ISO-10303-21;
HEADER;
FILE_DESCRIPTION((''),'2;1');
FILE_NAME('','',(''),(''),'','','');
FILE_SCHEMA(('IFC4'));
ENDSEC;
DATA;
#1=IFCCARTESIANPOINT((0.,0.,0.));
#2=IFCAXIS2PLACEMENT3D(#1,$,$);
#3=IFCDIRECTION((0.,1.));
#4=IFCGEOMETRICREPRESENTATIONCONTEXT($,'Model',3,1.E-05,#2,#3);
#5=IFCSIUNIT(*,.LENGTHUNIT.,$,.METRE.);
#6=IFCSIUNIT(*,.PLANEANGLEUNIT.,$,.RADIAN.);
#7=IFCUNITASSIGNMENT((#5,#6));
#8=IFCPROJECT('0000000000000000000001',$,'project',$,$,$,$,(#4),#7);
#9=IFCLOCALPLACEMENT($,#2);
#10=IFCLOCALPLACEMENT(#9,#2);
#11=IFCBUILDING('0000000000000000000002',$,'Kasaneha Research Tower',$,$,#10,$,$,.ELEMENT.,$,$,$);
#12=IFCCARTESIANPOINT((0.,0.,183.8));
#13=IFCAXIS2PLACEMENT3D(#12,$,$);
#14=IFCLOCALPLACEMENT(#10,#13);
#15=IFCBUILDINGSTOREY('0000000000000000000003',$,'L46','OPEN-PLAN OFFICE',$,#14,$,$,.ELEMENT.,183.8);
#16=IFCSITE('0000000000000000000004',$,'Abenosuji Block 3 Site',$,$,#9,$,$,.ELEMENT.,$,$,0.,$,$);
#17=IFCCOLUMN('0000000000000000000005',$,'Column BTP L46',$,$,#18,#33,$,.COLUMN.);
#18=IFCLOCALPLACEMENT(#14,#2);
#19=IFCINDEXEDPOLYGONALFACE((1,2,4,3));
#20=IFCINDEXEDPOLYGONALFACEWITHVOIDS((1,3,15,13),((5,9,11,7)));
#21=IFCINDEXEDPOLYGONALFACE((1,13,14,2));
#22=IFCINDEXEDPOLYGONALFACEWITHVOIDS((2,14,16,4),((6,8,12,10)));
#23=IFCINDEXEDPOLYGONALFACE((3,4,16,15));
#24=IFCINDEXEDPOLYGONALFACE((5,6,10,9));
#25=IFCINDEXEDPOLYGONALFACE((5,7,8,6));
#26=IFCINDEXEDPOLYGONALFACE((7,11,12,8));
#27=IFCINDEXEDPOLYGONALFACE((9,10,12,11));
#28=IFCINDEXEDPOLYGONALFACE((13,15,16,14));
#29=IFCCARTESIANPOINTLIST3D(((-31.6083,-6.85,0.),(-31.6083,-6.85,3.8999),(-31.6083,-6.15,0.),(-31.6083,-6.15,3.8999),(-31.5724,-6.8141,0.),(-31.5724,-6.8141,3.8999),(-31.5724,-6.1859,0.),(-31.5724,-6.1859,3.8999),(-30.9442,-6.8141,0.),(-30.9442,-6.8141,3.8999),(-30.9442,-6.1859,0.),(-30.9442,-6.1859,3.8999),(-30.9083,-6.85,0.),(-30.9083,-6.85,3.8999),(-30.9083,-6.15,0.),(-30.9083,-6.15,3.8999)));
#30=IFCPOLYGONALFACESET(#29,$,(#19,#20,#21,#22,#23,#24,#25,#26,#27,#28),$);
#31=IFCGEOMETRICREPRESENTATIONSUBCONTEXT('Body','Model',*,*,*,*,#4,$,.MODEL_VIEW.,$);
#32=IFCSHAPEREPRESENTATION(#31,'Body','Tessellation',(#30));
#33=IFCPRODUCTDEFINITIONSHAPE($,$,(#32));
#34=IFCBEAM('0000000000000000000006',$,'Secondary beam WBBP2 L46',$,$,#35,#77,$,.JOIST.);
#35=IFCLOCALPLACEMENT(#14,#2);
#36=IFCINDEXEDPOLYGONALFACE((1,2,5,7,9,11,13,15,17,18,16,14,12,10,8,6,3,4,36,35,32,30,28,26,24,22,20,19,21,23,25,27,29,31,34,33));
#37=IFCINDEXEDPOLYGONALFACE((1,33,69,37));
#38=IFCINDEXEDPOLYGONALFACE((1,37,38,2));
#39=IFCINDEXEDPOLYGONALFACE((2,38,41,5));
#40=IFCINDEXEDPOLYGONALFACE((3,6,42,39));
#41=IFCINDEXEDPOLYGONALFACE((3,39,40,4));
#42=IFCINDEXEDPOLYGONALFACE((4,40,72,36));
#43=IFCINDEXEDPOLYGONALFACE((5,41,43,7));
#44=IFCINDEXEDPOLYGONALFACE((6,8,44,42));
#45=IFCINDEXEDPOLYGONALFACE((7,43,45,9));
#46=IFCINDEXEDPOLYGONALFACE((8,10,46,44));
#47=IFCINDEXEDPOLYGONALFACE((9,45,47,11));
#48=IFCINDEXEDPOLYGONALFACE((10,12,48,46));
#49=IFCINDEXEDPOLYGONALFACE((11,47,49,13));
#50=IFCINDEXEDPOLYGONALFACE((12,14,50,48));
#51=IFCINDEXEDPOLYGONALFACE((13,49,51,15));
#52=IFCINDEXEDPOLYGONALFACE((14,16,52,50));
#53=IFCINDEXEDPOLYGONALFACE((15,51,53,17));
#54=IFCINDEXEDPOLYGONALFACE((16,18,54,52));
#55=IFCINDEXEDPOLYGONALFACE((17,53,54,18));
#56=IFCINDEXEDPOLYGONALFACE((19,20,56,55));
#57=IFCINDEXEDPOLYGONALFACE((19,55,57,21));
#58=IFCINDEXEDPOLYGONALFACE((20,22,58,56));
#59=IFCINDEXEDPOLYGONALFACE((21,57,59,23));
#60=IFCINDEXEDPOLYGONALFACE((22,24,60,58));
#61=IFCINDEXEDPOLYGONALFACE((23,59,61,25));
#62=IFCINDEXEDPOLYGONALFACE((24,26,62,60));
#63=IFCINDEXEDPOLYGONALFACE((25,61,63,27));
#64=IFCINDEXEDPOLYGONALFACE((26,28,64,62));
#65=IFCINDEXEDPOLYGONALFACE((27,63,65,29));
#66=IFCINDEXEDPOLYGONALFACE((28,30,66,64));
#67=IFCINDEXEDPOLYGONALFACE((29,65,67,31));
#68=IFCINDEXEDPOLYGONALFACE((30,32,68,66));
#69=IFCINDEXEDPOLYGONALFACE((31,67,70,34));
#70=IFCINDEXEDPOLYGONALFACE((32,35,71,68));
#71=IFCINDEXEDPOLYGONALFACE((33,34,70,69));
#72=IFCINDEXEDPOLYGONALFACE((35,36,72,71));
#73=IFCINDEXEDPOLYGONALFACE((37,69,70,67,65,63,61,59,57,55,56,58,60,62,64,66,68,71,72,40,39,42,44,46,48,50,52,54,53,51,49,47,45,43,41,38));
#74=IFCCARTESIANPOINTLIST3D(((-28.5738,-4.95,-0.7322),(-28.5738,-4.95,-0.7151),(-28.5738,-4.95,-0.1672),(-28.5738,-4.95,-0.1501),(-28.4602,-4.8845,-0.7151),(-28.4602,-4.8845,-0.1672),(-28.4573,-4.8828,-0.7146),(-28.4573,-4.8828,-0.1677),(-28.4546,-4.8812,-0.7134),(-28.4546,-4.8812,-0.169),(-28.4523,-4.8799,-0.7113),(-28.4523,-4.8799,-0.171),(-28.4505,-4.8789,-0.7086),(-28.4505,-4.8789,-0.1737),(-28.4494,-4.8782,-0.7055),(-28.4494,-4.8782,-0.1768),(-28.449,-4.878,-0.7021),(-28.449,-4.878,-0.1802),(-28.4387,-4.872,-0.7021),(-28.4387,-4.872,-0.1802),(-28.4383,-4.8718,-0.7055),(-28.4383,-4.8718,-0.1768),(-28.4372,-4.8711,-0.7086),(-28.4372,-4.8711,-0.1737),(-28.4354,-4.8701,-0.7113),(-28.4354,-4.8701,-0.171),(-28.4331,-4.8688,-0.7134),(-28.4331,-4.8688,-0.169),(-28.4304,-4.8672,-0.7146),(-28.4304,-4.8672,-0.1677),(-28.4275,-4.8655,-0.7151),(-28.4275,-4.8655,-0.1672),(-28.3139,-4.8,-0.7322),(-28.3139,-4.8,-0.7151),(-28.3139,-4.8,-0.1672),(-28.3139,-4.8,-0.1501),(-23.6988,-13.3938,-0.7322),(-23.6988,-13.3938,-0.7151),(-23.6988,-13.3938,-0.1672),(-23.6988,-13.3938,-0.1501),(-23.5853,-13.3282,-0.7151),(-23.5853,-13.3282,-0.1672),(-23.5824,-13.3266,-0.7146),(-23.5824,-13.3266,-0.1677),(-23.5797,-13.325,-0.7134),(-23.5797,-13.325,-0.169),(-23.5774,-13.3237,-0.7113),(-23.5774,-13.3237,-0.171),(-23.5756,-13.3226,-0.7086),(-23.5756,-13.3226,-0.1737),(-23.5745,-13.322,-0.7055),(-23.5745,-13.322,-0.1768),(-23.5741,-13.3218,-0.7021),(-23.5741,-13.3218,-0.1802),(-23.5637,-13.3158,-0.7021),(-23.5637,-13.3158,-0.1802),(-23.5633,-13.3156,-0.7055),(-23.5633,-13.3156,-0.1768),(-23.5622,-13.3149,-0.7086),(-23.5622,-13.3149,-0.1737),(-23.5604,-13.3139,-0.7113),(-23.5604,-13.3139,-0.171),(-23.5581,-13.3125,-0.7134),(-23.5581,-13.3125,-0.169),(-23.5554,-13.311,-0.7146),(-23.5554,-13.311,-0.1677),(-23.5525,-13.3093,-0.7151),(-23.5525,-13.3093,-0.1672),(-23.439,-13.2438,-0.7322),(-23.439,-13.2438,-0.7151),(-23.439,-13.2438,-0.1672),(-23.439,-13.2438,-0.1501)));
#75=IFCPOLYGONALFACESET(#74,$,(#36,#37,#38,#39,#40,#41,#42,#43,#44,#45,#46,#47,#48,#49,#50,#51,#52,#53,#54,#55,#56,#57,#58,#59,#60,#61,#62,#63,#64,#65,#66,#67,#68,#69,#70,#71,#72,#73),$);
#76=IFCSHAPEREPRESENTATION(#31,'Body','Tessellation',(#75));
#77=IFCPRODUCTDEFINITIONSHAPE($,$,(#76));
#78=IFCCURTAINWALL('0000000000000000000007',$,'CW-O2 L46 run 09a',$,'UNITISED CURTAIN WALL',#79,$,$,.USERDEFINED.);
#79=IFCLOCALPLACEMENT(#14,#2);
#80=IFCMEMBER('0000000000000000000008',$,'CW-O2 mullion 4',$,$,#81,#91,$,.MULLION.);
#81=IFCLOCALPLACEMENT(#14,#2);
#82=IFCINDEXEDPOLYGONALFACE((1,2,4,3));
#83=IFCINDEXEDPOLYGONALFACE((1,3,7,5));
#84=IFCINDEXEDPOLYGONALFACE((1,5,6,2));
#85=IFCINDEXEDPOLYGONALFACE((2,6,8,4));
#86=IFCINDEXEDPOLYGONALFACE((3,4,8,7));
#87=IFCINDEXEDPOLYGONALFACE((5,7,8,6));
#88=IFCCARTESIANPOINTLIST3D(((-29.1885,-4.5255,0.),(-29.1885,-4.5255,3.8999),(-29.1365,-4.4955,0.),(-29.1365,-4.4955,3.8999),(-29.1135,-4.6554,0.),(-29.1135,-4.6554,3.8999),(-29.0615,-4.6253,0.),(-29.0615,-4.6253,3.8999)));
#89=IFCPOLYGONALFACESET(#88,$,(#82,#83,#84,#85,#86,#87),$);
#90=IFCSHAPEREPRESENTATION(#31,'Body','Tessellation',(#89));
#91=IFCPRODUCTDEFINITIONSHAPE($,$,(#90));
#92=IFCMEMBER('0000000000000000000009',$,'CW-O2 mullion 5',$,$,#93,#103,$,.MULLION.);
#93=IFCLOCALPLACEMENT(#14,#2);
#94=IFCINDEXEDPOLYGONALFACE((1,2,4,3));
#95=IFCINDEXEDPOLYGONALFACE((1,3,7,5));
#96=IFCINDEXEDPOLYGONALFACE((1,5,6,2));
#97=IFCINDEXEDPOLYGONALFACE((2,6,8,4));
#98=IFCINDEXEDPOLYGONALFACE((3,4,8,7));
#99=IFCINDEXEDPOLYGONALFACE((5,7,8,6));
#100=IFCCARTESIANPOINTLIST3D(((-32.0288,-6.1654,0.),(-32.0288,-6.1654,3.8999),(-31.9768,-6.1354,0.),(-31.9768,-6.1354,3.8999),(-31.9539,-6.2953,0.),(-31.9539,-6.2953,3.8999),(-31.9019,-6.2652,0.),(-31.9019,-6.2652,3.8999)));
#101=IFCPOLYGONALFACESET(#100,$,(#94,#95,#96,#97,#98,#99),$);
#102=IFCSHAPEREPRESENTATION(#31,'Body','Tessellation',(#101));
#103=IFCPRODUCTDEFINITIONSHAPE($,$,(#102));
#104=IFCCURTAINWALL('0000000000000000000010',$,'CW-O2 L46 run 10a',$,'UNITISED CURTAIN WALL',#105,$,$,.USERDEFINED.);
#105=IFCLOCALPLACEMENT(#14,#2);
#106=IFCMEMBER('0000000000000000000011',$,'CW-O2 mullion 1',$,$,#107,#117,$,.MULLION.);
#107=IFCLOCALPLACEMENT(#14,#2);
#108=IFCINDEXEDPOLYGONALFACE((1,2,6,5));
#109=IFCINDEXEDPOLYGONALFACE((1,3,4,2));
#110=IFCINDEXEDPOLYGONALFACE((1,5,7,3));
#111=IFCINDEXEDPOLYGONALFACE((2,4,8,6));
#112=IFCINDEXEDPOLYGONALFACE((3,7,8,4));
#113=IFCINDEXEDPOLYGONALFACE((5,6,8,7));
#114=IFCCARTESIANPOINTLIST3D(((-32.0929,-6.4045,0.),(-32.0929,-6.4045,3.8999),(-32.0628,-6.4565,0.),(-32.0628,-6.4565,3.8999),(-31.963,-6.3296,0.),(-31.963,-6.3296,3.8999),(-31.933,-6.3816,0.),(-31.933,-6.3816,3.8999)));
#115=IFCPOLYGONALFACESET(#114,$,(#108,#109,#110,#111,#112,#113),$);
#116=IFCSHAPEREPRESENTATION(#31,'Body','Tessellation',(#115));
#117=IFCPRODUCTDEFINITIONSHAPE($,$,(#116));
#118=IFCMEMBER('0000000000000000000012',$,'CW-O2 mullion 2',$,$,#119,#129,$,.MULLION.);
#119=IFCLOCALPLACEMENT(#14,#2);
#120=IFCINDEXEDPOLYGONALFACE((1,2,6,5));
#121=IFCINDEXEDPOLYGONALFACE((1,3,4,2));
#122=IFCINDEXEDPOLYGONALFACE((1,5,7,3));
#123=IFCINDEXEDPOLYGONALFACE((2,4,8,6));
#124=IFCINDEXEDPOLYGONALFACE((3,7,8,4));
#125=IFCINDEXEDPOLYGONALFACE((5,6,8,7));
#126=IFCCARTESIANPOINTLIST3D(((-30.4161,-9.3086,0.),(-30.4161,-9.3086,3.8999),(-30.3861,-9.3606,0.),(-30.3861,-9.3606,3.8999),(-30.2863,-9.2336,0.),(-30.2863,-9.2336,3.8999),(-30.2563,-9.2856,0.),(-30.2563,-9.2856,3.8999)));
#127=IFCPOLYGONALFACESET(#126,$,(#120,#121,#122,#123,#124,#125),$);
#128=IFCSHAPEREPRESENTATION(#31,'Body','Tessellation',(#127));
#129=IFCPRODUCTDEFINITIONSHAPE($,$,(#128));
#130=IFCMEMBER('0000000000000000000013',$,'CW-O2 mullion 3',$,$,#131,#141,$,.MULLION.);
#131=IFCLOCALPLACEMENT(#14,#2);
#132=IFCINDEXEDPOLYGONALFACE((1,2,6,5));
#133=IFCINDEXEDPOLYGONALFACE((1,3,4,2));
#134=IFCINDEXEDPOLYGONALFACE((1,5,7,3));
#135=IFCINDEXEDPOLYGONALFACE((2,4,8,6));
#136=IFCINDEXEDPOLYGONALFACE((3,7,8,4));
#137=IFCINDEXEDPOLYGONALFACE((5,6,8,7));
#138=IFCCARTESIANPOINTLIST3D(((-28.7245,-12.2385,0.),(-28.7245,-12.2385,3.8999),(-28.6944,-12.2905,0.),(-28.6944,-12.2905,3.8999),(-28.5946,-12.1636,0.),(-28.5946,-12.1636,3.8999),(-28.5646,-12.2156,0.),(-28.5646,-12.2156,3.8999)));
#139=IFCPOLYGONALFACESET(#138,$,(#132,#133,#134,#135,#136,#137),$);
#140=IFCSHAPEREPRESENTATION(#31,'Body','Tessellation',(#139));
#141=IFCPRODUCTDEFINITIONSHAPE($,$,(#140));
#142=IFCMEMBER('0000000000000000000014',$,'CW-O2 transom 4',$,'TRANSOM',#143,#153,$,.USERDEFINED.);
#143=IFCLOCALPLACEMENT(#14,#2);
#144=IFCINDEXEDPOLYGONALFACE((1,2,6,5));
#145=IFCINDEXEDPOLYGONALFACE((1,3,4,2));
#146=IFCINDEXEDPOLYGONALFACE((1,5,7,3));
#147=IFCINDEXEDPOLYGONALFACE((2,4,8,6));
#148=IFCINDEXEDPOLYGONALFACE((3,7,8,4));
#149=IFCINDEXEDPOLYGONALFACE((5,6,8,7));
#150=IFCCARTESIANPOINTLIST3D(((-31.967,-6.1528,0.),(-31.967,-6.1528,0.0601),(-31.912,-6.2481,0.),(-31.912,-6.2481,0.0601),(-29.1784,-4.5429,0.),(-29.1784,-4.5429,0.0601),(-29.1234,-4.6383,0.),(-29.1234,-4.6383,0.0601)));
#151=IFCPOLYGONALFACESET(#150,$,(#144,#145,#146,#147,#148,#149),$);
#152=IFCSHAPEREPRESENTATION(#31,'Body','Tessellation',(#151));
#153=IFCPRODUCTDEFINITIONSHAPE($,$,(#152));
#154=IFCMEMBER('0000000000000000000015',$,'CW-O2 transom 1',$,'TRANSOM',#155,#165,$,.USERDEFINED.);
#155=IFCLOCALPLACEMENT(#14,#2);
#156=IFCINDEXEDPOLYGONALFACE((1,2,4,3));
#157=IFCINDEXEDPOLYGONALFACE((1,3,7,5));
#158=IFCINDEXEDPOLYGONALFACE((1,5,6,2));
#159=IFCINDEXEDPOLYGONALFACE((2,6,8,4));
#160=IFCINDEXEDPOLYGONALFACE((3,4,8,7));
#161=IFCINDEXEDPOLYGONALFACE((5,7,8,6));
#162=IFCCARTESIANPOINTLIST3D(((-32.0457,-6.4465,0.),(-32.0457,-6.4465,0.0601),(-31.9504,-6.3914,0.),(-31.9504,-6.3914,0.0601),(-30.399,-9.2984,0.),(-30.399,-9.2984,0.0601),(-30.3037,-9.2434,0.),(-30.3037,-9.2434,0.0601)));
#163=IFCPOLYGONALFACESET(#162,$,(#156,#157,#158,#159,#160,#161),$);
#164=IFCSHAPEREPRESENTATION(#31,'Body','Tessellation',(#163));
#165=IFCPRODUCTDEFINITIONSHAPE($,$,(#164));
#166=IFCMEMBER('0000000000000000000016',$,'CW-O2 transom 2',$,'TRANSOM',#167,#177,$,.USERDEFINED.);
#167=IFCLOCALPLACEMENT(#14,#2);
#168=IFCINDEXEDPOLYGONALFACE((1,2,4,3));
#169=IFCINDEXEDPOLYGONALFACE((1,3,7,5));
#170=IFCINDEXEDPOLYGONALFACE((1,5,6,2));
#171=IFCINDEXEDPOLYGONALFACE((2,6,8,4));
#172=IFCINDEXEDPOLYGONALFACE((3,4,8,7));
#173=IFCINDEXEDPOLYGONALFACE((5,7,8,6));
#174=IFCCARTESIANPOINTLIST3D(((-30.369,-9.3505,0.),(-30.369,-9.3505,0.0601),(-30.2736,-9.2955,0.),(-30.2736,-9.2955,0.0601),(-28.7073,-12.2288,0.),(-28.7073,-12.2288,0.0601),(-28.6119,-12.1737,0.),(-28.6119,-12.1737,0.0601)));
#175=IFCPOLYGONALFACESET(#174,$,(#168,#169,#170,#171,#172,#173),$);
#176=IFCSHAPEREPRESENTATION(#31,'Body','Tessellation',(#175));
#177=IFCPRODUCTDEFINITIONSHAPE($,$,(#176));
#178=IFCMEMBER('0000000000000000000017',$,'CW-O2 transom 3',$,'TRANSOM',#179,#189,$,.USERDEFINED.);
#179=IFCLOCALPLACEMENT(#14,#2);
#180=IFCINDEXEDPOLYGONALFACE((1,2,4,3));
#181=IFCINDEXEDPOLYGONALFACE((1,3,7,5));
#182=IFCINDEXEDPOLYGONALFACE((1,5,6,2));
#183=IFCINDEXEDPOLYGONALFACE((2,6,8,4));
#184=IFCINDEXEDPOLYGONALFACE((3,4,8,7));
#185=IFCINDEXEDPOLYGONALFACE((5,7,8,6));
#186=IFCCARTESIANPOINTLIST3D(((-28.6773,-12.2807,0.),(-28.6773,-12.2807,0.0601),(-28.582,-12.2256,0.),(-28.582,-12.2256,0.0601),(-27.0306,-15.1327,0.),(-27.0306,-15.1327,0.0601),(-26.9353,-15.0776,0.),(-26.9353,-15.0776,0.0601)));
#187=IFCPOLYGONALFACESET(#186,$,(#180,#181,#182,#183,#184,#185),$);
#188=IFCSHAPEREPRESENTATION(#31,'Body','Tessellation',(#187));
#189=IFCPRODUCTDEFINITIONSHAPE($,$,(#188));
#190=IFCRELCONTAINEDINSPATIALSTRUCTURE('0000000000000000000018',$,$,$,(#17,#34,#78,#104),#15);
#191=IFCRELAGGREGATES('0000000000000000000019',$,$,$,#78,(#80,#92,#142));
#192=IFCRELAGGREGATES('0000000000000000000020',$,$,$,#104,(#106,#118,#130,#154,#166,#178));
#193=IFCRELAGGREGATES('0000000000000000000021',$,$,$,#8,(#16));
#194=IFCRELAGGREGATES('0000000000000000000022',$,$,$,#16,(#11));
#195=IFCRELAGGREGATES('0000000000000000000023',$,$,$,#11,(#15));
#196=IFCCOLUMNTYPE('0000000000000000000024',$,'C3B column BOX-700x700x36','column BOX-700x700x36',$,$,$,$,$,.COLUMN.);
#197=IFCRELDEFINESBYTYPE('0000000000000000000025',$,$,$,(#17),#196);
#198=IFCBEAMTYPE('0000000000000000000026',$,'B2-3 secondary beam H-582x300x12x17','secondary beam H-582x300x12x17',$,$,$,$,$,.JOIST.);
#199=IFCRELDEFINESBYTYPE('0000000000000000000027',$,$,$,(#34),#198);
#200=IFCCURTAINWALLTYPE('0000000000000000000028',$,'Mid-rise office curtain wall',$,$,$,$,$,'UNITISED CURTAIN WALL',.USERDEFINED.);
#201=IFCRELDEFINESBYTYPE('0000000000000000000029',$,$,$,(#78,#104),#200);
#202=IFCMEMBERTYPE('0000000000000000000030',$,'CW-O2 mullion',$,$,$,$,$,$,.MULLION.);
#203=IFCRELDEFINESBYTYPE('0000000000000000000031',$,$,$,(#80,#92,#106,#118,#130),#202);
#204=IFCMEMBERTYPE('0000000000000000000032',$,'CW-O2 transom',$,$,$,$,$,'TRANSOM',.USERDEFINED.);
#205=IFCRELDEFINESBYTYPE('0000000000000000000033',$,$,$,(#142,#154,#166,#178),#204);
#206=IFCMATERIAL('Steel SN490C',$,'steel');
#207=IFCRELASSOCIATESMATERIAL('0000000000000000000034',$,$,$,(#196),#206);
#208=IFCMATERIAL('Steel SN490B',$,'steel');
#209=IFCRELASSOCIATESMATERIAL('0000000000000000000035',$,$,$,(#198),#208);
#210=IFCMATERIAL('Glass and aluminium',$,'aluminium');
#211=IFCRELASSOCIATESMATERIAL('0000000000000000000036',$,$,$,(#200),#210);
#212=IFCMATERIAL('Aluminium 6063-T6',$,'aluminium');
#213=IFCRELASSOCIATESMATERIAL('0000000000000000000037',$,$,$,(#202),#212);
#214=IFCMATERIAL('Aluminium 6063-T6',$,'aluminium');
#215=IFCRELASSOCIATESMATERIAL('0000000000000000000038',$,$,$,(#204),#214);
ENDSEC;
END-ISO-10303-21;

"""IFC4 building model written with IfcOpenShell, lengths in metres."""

from ifc_helpers import new_model, si_unit, direction, frame, origin, origin_2d, place, context, subcontext, project, spatial, rectangle, hollow_rectangle, i_section, extrude, material, material_profile, profile_set, type_object, element, aggregate, save


model = new_model("IFC4")

# Units and contexts
model_context = context("Model", 3, precision=1e-05, world=origin(), true_north=direction((0.0, 1.0)))
body_context = subcontext(model_context, "Body", "Model", "MODEL_VIEW")
ifc_project = project(units=[si_unit("LENGTHUNIT", "METRE"), si_unit("PLANEANGLEUNIT", "RADIAN")], contexts=[model_context])

# Site, building, storey
site_placement = place(None, origin())
site = spatial("IfcSite", under=ifc_project, at=site_placement, Name="Abenosuji Block 3 Site", CompositionType="ELEMENT", RefElevation=0.0)
building_placement = place(site_placement, origin())
building = spatial("IfcBuilding", under=site, at=building_placement, Name="Kasaneha Research Tower", CompositionType="ELEMENT")
storey_placement = place(building_placement, frame((0.0, 0.0, 183.8)))
storey = spatial("IfcBuildingStorey", under=building, at=storey_placement, Name="L46", Description="OPEN-PLAN OFFICE", CompositionType="ELEMENT", Elevation=183.8)

# Column
ifc_material_1 = material(Name="Steel SN490C", Category="steel")
ifc_material_profile_1 = material_profile(ifc_material_1, hollow_rectangle(XDim=0.7, YDim=0.7, WallThickness=0.0359, at=origin_2d()), Name="BOX-700x700x36")
ifc_profile_set_1 = profile_set([ifc_material_profile_1], Name="Steel SN490C")
column_type = type_object("IfcColumnType", Name="C3B column BOX-700x700x36", Description="column BOX-700x700x36", PredefinedType="COLUMN", material=ifc_profile_set_1)
column_placement = place(storey_placement, frame((-31.2583, -6.5, 0.0), z_axis=(0.0, 0.0, 1.0), x_axis=(1.0, 0.0, 0.0)))
element("IfcColumn", 1, at=column_placement, inside=storey, type_object=column_type, Name="Column BTP L46", PredefinedType="COLUMN", context=body_context, shape_type="SweptSolid", body=[
    extrude(hollow_rectangle(XDim=0.7, YDim=0.7, WallThickness=0.0359, at=origin_2d()), origin(), (0.0, 0.0, 1.0), 3.8999),
])

# Beam
ifc_material_2 = material(Name="Steel SN490B", Category="steel")
ifc_material_profile_2 = material_profile(ifc_material_2, i_section(OverallWidth=0.3, OverallDepth=0.582, WebThickness=0.012, FlangeThickness=0.0171, FilletRadius=0.0129, at=origin_2d()), Name="H-582x300x12x17")
ifc_profile_set_2 = profile_set([ifc_material_profile_2], Name="Steel SN490B")
beam_type_1 = type_object("IfcBeamType", Name="B2-3 secondary beam H-582x300x12x17", Description="secondary beam H-582x300x12x17", PredefinedType="JOIST", material=ifc_profile_set_2)
beam_1_placement = place(storey_placement, frame((-28.4438, -4.875, -0.4412), z_axis=(0.499996, -0.866028, 0.0), x_axis=(0.866028, 0.499996, 0.0)))
element("IfcBeam", 2, at=beam_1_placement, inside=storey, type_object=beam_type_1, Name="Secondary beam WBBP2 L46", PredefinedType="JOIST", context=body_context, shape_type="SweptSolid", body=[
    extrude(i_section(OverallWidth=0.3, OverallDepth=0.582, WebThickness=0.012, FlangeThickness=0.0171, FilletRadius=0.0129, at=origin_2d()), origin(), (0.0, 0.0, 1.0), 9.75),
])

# Curtain walls, members
ifc_material_3 = material(Name="Glass and aluminium", Category="aluminium")
curtain_wall_type = type_object("IfcCurtainWallType", Name="Mid-rise office curtain wall", ElementType="UNITISED CURTAIN WALL", PredefinedType="USERDEFINED", material=ifc_material_3)
curtain_wall_1_placement = place(storey_placement, origin())
curtain_wall_1 = element("IfcCurtainWall", 3, at=curtain_wall_1_placement, inside=storey, type_object=curtain_wall_type, Name="CW-O2 L46 run 09a", ObjectType="UNITISED CURTAIN WALL", PredefinedType="USERDEFINED")
ifc_material_4 = material(Name="Aluminium 6063-T6", Category="aluminium")
ifc_material_profile_3 = material_profile(ifc_material_4, rectangle(XDim=0.0601, YDim=0.1499, at=origin_2d()), Name="CW-O2 mullion 60x150")
ifc_profile_set_3 = profile_set([ifc_material_profile_3], Name="Aluminium 6063-T6")
member_type_1 = type_object("IfcMemberType", Name="CW-O2 mullion", PredefinedType="MULLION", material=ifc_profile_set_3)
member_1_placement = place(storey_placement, frame((-29.125, -4.5754, 0.0), z_axis=(0.0, 0.0, 1.0), x_axis=(-0.866025, -0.5, 0.0)))
member_1 = element("IfcMember", 4, at=member_1_placement, type_object=member_type_1, Name="CW-O2 mullion 4", PredefinedType="MULLION", context=body_context, shape_type="SweptSolid", body=[
    extrude(rectangle(XDim=0.0601, YDim=0.1499, at=origin_2d()), origin(), (0.0, 0.0, 1.0), 3.8999),
])
member_2_placement = place(storey_placement, frame((-31.9653, -6.2153, 0.0), z_axis=(0.0, 0.0, 1.0), x_axis=(-0.866025, -0.5, 0.0)))
member_2 = element("IfcMember", 5, at=member_2_placement, type_object=member_type_1, Name="CW-O2 mullion 5", PredefinedType="MULLION", context=body_context, shape_type="SweptSolid", body=[
    extrude(rectangle(XDim=0.0601, YDim=0.1499, at=origin_2d()), origin(), (0.0, 0.0, 1.0), 3.8999),
])
curtain_wall_2_placement = place(storey_placement, origin())
curtain_wall_2 = element("IfcCurtainWall", 6, at=curtain_wall_2_placement, inside=storey, type_object=curtain_wall_type, Name="CW-O2 L46 run 10a", ObjectType="UNITISED CURTAIN WALL", PredefinedType="USERDEFINED")
member_3_placement = place(storey_placement, frame((-32.0129, -6.3931, 0.0), z_axis=(0.0, 0.0, 1.0), x_axis=(0.5, -0.866025, 0.0)))
member_3 = element("IfcMember", 7, at=member_3_placement, type_object=member_type_1, Name="CW-O2 mullion 1", PredefinedType="MULLION", context=body_context, shape_type="SweptSolid", body=[
    extrude(rectangle(XDim=0.0601, YDim=0.1499, at=origin_2d()), origin(), (0.0, 0.0, 1.0), 3.8999),
])
member_4_placement = place(storey_placement, frame((-30.3362, -9.2971, 0.0), z_axis=(0.0, 0.0, 1.0), x_axis=(0.5, -0.866025, 0.0)))
member_4 = element("IfcMember", 8, at=member_4_placement, type_object=member_type_1, Name="CW-O2 mullion 2", PredefinedType="MULLION", context=body_context, shape_type="SweptSolid", body=[
    extrude(rectangle(XDim=0.0601, YDim=0.1499, at=origin_2d()), origin(), (0.0, 0.0, 1.0), 3.8999),
])
member_5_placement = place(storey_placement, frame((-28.6445, -12.2271, 0.0), z_axis=(0.0, 0.0, 1.0), x_axis=(0.5, -0.866025, 0.0)))
member_5 = element("IfcMember", 9, at=member_5_placement, type_object=member_type_1, Name="CW-O2 mullion 3", PredefinedType="MULLION", context=body_context, shape_type="SweptSolid", body=[
    extrude(rectangle(XDim=0.0601, YDim=0.1499, at=origin_2d()), origin(), (0.0, 0.0, 1.0), 3.8999),
])

# Members
ifc_material_5 = material(Name="Aluminium 6063-T6", Category="aluminium")
ifc_material_profile_4 = material_profile(ifc_material_5, rectangle(XDim=0.1101, YDim=0.0601, at=origin_2d()), Name="CW-O2 transom 110x60")
ifc_profile_set_4 = profile_set([ifc_material_profile_4], Name="Aluminium 6063-T6")
member_type_2 = type_object("IfcMemberType", Name="CW-O2 transom", ElementType="TRANSOM", PredefinedType="USERDEFINED", material=ifc_profile_set_4)
member_6_placement = place(storey_placement, frame((-29.1509, -4.5906, 0.03), z_axis=(-0.866042, -0.499972, 0.0), x_axis=(0.499972, -0.866042, 0.0)))
member_6 = element("IfcMember", 10, at=member_6_placement, type_object=member_type_2, Name="CW-O2 transom 4", ObjectType="TRANSOM", PredefinedType="USERDEFINED", context=body_context, shape_type="SweptSolid", body=[
    extrude(rectangle(XDim=0.1101, YDim=0.0601, at=origin_2d()), origin(), (0.0, 0.0, 1.0), 3.22),
])
member_7_placement = place(storey_placement, frame((-31.998, -6.4189, 0.03), z_axis=(0.500022, -0.866013, 0.0), x_axis=(0.866013, 0.500022, 0.0)))
member_7 = element("IfcMember", 11, at=member_7_placement, type_object=member_type_2, Name="CW-O2 transom 1", ObjectType="TRANSOM", PredefinedType="USERDEFINED", context=body_context, shape_type="SweptSolid", body=[
    extrude(rectangle(XDim=0.1101, YDim=0.0601, at=origin_2d()), origin(), (0.0, 0.0, 1.0), 3.2932),
])
member_8_placement = place(storey_placement, frame((-30.3213, -9.323, 0.03), z_axis=(0.499979, -0.866038, 0.0), x_axis=(0.866038, 0.499979, 0.0)))
member_8 = element("IfcMember", 12, at=member_8_placement, type_object=member_type_2, Name="CW-O2 transom 2", ObjectType="TRANSOM", PredefinedType="USERDEFINED", context=body_context, shape_type="SweptSolid", body=[
    extrude(rectangle(XDim=0.1101, YDim=0.0601, at=origin_2d()), origin(), (0.0, 0.0, 1.0), 3.3235),
])
member_9_placement = place(storey_placement, frame((-28.6296, -12.2532, 0.03), z_axis=(0.500022, -0.866013, 0.0), x_axis=(0.866013, 0.500022, 0.0)))
member_9 = element("IfcMember", 13, at=member_9_placement, type_object=member_type_2, Name="CW-O2 transom 3", ObjectType="TRANSOM", PredefinedType="USERDEFINED", context=body_context, shape_type="SweptSolid", body=[
    extrude(rectangle(XDim=0.1101, YDim=0.0601, at=origin_2d()), origin(), (0.0, 0.0, 1.0), 3.2932),
])

aggregate(curtain_wall_1, [member_1, member_2, member_6])
aggregate(curtain_wall_2, [member_3, member_4, member_5, member_7, member_8, member_9])

save(model, "model.ifc")
